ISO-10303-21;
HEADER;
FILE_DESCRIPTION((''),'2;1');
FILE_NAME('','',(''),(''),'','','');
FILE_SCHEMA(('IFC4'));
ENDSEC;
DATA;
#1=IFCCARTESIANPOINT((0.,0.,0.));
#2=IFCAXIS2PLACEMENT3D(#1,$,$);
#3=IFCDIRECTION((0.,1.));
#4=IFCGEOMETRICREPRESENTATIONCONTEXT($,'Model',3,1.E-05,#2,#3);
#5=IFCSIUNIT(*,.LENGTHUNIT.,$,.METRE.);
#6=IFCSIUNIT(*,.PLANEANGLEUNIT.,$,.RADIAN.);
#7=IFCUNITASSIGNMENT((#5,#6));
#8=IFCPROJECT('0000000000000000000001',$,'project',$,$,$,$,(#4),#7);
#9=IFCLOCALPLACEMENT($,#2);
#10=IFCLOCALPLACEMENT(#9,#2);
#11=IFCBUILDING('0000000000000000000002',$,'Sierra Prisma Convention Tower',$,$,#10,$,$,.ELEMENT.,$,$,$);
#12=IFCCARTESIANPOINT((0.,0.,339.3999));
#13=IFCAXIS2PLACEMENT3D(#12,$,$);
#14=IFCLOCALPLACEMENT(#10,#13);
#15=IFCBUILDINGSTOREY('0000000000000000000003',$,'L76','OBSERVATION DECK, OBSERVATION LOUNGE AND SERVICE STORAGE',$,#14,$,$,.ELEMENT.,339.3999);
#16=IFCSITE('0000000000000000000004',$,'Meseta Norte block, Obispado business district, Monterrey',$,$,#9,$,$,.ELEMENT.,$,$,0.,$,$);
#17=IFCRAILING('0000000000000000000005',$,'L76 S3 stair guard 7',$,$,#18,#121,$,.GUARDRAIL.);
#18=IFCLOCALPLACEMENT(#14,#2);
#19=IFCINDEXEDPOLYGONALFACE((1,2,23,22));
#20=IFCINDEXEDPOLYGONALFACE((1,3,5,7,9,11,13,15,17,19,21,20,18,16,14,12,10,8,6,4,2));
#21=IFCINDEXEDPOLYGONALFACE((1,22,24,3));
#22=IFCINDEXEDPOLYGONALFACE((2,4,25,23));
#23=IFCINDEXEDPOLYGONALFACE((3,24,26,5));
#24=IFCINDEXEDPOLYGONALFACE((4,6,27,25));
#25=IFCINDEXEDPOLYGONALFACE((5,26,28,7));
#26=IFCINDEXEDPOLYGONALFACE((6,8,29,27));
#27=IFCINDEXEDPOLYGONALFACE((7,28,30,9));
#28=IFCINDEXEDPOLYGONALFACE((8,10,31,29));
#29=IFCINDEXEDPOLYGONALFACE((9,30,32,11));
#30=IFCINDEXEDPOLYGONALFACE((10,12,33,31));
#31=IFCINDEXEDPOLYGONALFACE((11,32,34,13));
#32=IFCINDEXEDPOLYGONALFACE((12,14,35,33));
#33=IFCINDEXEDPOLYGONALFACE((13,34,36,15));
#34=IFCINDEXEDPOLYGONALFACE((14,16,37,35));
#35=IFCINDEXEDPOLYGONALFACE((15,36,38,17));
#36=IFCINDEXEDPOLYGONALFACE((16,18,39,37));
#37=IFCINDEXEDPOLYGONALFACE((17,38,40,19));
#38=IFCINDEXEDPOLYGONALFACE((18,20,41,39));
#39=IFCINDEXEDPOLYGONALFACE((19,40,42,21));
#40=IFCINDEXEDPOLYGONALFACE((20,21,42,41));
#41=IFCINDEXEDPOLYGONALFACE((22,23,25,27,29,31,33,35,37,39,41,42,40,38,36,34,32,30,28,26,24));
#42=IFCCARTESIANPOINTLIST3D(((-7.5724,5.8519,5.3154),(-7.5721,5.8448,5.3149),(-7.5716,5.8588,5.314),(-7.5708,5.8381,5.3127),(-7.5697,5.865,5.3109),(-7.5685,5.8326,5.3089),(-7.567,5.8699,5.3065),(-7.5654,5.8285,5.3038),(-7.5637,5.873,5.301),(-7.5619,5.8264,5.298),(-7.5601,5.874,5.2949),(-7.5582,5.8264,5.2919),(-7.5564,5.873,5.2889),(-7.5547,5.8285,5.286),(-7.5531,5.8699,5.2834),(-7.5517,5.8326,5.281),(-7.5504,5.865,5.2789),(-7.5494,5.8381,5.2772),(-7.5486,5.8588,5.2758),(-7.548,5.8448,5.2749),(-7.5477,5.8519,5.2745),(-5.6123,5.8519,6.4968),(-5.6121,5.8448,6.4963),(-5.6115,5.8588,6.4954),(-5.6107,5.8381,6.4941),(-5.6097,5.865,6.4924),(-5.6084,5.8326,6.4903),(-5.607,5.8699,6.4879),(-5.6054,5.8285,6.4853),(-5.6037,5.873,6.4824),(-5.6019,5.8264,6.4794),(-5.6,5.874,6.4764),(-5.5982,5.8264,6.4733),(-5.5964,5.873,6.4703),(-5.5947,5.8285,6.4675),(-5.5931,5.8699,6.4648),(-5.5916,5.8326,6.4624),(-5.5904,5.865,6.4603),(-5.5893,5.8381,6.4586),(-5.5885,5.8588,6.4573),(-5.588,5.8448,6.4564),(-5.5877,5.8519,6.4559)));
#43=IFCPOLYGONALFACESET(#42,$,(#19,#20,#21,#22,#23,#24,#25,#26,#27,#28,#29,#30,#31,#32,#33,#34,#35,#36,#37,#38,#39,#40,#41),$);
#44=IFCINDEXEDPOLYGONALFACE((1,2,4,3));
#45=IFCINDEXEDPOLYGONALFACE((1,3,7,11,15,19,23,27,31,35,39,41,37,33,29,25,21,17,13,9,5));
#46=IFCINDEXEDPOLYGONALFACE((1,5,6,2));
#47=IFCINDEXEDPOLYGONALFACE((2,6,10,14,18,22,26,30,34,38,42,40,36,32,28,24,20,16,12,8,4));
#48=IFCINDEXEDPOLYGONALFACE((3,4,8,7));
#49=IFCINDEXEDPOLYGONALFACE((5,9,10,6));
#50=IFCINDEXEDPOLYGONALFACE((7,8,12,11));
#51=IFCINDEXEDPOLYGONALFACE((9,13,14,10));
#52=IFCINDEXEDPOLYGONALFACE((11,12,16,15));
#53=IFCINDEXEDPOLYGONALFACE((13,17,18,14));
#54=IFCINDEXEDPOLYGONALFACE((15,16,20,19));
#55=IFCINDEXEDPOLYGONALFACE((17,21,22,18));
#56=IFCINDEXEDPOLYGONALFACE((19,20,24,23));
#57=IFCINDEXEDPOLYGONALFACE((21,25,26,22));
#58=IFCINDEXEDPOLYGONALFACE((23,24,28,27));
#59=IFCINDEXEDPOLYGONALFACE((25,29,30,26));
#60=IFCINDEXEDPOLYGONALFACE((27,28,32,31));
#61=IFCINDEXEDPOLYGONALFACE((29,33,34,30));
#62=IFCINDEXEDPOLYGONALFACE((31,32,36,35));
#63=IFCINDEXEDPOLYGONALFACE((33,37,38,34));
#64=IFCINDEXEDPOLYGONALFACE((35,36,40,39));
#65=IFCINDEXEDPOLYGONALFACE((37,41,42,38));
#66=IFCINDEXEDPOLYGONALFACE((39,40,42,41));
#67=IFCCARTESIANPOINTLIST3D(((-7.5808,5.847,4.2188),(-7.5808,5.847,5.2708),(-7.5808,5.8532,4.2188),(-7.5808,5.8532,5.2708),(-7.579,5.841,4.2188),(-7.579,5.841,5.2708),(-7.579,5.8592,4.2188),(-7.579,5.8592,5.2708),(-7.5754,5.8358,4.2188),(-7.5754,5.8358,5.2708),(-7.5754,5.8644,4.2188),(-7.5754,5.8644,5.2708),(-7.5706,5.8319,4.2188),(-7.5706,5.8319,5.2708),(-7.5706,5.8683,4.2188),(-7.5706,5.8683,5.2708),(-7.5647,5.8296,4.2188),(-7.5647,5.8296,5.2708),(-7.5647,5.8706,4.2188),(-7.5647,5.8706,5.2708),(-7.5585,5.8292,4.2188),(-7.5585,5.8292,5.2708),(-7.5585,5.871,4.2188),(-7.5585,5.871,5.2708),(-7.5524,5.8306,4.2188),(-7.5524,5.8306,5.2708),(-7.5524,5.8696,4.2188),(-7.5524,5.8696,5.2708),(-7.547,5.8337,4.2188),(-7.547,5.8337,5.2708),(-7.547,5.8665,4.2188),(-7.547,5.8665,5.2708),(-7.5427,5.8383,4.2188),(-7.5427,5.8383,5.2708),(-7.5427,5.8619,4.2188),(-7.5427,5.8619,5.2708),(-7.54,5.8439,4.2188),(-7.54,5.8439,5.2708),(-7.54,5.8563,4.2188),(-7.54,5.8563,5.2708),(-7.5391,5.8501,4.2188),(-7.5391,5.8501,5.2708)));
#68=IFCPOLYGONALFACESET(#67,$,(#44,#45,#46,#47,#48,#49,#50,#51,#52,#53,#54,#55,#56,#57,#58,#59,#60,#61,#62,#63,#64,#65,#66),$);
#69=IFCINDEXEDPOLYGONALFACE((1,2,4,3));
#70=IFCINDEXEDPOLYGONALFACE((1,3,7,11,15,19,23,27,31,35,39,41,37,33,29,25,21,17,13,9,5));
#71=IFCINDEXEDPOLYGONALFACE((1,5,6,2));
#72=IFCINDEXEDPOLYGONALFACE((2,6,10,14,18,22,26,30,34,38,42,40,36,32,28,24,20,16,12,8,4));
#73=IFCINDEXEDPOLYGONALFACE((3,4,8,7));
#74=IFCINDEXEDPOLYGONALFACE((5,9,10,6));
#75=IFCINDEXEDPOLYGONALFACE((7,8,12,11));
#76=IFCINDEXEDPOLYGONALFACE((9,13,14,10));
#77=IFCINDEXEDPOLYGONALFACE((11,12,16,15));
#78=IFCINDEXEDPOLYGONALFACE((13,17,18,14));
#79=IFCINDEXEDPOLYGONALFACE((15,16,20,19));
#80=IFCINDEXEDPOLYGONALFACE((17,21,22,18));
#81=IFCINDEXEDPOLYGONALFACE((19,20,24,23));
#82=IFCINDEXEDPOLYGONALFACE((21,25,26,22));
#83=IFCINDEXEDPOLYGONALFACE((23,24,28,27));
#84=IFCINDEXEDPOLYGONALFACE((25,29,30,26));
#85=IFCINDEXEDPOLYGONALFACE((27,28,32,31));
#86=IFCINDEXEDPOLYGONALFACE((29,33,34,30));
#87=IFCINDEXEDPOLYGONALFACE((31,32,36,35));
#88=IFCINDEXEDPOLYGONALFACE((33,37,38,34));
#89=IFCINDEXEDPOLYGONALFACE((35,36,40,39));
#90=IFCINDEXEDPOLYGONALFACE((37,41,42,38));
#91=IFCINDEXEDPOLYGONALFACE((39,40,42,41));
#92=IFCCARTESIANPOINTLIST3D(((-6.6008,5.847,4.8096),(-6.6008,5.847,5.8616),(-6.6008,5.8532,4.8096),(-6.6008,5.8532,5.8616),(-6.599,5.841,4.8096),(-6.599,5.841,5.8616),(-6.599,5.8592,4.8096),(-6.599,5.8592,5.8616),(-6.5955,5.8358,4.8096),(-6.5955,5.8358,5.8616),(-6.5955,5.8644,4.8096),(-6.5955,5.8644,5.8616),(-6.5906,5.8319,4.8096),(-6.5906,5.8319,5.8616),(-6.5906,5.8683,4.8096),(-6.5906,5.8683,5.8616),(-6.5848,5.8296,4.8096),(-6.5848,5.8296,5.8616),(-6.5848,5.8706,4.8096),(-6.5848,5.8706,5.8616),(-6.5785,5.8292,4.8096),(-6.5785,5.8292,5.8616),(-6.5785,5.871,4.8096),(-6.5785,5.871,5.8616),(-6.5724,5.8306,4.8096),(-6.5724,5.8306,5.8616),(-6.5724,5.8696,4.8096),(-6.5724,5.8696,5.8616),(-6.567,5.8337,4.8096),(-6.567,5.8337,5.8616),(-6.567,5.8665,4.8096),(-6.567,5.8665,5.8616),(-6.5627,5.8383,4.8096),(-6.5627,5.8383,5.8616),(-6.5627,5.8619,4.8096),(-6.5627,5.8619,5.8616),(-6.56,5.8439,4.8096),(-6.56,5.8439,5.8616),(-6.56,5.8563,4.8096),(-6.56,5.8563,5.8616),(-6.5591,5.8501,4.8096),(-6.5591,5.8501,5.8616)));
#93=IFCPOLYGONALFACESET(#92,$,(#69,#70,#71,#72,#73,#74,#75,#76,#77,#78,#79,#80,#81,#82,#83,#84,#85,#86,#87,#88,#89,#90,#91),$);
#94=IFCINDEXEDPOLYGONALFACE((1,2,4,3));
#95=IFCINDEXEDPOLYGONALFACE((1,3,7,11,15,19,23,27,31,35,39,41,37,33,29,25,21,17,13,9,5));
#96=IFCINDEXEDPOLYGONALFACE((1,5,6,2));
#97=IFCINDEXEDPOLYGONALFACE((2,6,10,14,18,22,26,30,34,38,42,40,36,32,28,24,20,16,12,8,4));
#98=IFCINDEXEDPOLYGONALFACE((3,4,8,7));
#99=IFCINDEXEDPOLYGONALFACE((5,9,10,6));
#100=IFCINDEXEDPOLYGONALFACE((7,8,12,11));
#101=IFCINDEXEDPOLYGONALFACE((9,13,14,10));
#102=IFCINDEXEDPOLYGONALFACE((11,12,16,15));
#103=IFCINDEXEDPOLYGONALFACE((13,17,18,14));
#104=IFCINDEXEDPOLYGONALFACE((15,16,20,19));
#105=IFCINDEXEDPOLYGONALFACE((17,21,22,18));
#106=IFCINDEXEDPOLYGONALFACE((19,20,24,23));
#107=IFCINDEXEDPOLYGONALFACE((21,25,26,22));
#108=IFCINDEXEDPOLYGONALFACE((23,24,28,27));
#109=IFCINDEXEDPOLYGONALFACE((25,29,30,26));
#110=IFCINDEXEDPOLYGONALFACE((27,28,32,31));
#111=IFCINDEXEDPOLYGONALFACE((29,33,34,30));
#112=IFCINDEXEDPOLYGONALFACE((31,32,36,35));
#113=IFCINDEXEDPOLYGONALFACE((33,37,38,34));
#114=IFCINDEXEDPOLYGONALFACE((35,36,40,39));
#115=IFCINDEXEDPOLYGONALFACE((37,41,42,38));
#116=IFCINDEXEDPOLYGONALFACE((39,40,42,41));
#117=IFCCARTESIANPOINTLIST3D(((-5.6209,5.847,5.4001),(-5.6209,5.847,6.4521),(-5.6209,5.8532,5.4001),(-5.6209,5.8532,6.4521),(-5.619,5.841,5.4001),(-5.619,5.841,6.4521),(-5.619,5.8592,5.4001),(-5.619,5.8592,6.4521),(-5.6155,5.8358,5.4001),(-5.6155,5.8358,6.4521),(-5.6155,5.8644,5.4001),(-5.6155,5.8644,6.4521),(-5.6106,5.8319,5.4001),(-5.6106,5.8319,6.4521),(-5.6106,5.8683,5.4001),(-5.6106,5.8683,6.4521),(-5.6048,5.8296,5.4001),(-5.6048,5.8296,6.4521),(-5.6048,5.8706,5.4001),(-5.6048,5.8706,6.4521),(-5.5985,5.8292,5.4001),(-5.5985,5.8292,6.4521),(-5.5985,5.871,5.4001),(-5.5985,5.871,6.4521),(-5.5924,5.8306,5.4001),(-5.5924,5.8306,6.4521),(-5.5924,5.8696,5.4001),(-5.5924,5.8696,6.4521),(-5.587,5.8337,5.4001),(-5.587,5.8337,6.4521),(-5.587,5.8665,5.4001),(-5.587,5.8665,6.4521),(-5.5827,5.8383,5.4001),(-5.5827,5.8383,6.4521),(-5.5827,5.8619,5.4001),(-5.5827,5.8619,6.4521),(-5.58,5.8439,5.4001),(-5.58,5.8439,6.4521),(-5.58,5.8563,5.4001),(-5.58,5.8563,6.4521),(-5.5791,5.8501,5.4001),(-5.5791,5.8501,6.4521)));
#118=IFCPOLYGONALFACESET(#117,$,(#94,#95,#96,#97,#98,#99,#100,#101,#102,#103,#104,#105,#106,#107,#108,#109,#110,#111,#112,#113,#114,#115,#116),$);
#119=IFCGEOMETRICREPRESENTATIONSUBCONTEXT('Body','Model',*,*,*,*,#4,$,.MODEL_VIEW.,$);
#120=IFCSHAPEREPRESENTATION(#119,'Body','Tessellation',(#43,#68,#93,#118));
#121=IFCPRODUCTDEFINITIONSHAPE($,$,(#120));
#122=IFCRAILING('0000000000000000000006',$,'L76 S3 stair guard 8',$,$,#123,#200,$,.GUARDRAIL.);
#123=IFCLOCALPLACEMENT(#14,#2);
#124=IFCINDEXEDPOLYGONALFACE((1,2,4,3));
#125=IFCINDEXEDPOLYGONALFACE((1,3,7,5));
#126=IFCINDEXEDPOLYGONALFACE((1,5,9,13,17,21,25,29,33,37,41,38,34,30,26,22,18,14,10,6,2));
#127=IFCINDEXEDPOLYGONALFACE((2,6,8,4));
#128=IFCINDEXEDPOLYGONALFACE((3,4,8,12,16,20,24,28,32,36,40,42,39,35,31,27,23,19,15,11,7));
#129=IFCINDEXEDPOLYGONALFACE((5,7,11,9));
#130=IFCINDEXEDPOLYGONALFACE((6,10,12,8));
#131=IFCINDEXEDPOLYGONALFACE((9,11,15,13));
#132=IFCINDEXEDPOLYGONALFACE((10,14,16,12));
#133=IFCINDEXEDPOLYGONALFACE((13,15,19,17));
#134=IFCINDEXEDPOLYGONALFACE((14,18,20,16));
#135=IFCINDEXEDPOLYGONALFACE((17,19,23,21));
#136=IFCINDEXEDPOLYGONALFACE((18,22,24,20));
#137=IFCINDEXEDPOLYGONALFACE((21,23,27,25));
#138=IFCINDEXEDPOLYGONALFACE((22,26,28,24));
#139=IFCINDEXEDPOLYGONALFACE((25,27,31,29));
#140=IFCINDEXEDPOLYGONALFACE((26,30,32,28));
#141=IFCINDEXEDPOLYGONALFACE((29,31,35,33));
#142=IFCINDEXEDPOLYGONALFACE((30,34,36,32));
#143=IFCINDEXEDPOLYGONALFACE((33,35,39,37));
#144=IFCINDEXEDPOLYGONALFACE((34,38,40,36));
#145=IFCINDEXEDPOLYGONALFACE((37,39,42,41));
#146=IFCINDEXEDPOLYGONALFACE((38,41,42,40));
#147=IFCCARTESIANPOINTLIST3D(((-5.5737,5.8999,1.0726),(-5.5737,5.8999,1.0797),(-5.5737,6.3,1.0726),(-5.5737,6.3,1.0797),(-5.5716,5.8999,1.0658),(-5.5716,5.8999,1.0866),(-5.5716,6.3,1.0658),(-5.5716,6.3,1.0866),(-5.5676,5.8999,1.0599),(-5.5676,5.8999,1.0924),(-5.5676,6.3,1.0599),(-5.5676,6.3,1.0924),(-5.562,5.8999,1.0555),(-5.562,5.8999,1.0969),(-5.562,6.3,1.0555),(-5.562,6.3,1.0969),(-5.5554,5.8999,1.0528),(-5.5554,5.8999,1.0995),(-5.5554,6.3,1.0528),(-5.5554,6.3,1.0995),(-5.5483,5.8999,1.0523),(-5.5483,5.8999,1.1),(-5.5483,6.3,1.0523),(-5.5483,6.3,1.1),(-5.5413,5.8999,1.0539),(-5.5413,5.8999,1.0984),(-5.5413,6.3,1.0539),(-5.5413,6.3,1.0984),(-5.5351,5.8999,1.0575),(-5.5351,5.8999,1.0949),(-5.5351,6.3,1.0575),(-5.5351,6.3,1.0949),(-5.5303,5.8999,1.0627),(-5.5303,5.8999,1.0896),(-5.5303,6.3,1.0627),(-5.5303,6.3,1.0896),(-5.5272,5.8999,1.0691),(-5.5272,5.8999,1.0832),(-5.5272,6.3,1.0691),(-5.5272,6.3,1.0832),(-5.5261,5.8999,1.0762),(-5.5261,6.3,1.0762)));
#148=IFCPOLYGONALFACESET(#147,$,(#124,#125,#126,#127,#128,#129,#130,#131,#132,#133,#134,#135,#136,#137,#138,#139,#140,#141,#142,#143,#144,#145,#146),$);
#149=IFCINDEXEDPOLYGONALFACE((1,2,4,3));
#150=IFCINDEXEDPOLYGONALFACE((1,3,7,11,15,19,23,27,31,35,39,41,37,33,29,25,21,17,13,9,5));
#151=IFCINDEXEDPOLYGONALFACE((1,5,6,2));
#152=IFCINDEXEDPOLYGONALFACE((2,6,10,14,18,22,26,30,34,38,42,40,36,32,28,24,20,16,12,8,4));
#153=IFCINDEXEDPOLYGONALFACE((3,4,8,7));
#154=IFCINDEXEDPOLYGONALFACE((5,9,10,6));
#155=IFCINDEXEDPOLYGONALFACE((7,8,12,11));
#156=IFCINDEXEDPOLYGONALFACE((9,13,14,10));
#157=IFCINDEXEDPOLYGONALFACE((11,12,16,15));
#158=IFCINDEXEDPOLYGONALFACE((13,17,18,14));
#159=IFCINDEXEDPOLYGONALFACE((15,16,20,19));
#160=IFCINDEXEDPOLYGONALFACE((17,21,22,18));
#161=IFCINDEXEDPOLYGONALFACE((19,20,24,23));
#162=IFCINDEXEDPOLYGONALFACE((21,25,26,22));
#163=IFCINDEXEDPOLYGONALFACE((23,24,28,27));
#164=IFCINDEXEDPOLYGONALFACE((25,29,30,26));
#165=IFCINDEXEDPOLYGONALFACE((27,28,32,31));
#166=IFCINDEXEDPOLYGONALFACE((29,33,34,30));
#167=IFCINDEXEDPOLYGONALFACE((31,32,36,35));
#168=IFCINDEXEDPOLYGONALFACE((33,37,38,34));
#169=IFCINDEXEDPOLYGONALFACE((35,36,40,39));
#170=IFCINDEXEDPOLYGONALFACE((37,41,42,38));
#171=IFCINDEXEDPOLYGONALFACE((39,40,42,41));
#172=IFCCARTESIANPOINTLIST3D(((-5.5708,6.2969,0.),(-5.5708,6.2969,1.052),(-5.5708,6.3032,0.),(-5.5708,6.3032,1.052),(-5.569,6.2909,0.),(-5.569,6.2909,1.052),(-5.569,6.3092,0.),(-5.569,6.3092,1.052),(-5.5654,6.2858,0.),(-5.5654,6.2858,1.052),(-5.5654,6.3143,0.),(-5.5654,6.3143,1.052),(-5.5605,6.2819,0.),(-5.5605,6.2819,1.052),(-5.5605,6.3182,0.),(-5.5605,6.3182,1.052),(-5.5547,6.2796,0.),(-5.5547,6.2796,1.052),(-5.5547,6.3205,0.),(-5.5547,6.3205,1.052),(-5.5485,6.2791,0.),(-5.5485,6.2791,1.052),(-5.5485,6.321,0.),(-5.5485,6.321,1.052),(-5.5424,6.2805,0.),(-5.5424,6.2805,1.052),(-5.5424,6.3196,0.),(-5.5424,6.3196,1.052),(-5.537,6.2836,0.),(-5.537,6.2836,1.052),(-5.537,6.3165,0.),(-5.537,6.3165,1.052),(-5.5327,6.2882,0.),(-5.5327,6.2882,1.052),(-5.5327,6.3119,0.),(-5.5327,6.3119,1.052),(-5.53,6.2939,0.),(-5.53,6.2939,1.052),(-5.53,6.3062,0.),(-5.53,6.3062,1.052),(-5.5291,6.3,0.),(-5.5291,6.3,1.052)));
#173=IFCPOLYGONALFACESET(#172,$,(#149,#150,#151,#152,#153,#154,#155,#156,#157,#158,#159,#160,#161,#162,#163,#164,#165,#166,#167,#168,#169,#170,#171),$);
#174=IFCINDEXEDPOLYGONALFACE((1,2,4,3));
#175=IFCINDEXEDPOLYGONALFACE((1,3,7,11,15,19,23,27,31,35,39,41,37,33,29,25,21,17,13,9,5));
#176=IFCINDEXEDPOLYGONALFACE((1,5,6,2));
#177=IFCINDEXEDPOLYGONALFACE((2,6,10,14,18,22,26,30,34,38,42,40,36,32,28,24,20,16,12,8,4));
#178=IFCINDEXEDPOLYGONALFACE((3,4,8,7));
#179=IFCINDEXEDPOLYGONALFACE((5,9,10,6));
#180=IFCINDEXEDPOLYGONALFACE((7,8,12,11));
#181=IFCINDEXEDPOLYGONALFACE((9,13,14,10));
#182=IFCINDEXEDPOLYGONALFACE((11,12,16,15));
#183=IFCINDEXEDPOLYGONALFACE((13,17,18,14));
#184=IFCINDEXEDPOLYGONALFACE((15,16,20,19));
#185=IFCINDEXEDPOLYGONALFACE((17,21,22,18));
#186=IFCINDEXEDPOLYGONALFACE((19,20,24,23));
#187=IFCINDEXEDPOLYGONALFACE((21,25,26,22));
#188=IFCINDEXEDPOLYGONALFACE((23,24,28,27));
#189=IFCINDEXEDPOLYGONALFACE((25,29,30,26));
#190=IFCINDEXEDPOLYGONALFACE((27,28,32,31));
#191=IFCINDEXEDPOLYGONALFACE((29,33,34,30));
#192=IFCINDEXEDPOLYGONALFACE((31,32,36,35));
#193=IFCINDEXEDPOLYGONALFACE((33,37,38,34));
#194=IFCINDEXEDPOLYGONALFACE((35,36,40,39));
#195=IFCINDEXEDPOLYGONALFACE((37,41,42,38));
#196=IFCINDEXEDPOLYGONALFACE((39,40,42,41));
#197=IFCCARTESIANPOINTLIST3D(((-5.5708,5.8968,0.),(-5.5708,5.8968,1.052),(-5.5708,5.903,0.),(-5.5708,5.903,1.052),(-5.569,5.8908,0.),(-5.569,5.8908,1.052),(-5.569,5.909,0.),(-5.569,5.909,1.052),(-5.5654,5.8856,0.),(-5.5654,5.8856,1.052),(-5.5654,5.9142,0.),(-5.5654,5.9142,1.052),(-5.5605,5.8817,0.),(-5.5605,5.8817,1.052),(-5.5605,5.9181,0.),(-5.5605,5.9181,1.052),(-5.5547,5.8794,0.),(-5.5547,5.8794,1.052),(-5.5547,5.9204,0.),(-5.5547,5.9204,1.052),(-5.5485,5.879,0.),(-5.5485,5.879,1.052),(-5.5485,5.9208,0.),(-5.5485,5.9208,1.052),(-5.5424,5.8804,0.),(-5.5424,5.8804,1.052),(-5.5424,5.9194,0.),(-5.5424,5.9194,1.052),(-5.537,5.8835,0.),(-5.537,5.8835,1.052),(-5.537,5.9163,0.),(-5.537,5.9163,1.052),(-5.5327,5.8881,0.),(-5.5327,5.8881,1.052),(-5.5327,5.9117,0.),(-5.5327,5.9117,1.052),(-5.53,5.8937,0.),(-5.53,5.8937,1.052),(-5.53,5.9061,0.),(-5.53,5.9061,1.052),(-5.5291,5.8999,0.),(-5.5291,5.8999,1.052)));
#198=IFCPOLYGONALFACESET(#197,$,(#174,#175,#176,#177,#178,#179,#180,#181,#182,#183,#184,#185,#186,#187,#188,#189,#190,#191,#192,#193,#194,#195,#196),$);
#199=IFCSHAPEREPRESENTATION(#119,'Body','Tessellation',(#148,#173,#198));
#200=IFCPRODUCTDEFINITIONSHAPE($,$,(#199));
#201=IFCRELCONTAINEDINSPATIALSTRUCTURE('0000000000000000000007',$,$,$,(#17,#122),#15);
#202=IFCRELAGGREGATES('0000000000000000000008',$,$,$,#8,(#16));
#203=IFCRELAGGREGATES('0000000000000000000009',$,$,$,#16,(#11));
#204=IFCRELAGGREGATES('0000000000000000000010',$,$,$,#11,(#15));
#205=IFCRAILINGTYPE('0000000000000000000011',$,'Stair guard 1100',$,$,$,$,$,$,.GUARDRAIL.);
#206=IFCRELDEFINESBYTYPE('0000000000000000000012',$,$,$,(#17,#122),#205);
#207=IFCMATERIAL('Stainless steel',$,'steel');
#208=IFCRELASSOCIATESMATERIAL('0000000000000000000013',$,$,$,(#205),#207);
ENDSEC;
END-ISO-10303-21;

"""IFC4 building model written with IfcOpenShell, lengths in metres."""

from ifc_helpers import new_model, si_unit, direction, frame, origin, origin_2d, place, context, subcontext, project, spatial, circle, extrude, material, type_object, element, save


model = new_model("IFC4")

# Units and contexts
model_context = context("Model", 3, precision=1e-05, world=origin(), true_north=direction((0.0, 1.0)))
body_context = subcontext(model_context, "Body", "Model", "MODEL_VIEW")
ifc_project = project(units=[si_unit("LENGTHUNIT", "METRE"), si_unit("PLANEANGLEUNIT", "RADIAN")], contexts=[model_context])

# Site, building, storey
site_placement = place(None, origin())
site = spatial("IfcSite", under=ifc_project, at=site_placement, Name="Meseta Norte block, Obispado business district, Monterrey", CompositionType="ELEMENT", RefElevation=0.0)
building_placement = place(site_placement, origin())
building = spatial("IfcBuilding", under=site, at=building_placement, Name="Sierra Prisma Convention Tower", CompositionType="ELEMENT")
storey_placement = place(building_placement, frame((0.0, 0.0, 339.3999)))
storey = spatial("IfcBuildingStorey", under=building, at=storey_placement, Name="L76", Description="OBSERVATION DECK, OBSERVATION LOUNGE AND SERVICE STORAGE", CompositionType="ELEMENT", Elevation=339.3999)

# Railings
ifc_material_1 = material(Name="Stainless steel", Category="steel")
railing_type = type_object("IfcRailingType", Name="Stair guard 1100", PredefinedType="GUARDRAIL", material=ifc_material_1)
railing_1_placement = place(storey_placement, frame((-7.5601, 5.8501, 4.2188)))
element("IfcRailing", 1, at=railing_1_placement, inside=storey, type_object=railing_type, Name="L76 S3 stair guard 7", PredefinedType="GUARDRAIL", context=body_context, shape_type="SweptSolid", body=[
    extrude(circle(Radius=0.0239, at=origin_2d()), frame((0.0, 0.0, 1.0762), z_axis=(0.856446, 0.0, 0.516236), x_axis=(0.0, 1.0, 0.0)), (0.0, 0.0, 1.0), 2.2886),
    extrude(circle(Radius=0.021, at=origin_2d()), origin(), (0.0, 0.0, 1.0), 1.052),
    extrude(circle(Radius=0.021, at=origin_2d()), frame((0.98, 0.0, 0.5908)), (0.0, 0.0, 1.0), 1.052),
    extrude(circle(Radius=0.021, at=origin_2d()), frame((1.96, 0.0, 1.1814)), (0.0, 0.0, 1.0), 1.052),
])
railing_2_placement = place(storey_placement, frame((-5.55, 6.3, 0.0)))
element("IfcRailing", 2, at=railing_2_placement, inside=storey, type_object=railing_type, Name="L76 S3 stair guard 8", PredefinedType="GUARDRAIL", context=body_context, shape_type="SweptSolid", body=[
    extrude(circle(Radius=0.0239, at=origin_2d()), frame((0.0, 0.0, 1.0762), z_axis=(0.0, -1.0, 0.0), x_axis=(1.0, 0.0, 0.0)), (0.0, 0.0, 1.0), 0.4001),
    extrude(circle(Radius=0.021, at=origin_2d()), origin(), (0.0, 0.0, 1.0), 1.052),
    extrude(circle(Radius=0.021, at=origin_2d()), frame((0.0, -0.4001, 0.0)), (0.0, 0.0, 1.0), 1.052),
])

save(model, "model.ifc")
